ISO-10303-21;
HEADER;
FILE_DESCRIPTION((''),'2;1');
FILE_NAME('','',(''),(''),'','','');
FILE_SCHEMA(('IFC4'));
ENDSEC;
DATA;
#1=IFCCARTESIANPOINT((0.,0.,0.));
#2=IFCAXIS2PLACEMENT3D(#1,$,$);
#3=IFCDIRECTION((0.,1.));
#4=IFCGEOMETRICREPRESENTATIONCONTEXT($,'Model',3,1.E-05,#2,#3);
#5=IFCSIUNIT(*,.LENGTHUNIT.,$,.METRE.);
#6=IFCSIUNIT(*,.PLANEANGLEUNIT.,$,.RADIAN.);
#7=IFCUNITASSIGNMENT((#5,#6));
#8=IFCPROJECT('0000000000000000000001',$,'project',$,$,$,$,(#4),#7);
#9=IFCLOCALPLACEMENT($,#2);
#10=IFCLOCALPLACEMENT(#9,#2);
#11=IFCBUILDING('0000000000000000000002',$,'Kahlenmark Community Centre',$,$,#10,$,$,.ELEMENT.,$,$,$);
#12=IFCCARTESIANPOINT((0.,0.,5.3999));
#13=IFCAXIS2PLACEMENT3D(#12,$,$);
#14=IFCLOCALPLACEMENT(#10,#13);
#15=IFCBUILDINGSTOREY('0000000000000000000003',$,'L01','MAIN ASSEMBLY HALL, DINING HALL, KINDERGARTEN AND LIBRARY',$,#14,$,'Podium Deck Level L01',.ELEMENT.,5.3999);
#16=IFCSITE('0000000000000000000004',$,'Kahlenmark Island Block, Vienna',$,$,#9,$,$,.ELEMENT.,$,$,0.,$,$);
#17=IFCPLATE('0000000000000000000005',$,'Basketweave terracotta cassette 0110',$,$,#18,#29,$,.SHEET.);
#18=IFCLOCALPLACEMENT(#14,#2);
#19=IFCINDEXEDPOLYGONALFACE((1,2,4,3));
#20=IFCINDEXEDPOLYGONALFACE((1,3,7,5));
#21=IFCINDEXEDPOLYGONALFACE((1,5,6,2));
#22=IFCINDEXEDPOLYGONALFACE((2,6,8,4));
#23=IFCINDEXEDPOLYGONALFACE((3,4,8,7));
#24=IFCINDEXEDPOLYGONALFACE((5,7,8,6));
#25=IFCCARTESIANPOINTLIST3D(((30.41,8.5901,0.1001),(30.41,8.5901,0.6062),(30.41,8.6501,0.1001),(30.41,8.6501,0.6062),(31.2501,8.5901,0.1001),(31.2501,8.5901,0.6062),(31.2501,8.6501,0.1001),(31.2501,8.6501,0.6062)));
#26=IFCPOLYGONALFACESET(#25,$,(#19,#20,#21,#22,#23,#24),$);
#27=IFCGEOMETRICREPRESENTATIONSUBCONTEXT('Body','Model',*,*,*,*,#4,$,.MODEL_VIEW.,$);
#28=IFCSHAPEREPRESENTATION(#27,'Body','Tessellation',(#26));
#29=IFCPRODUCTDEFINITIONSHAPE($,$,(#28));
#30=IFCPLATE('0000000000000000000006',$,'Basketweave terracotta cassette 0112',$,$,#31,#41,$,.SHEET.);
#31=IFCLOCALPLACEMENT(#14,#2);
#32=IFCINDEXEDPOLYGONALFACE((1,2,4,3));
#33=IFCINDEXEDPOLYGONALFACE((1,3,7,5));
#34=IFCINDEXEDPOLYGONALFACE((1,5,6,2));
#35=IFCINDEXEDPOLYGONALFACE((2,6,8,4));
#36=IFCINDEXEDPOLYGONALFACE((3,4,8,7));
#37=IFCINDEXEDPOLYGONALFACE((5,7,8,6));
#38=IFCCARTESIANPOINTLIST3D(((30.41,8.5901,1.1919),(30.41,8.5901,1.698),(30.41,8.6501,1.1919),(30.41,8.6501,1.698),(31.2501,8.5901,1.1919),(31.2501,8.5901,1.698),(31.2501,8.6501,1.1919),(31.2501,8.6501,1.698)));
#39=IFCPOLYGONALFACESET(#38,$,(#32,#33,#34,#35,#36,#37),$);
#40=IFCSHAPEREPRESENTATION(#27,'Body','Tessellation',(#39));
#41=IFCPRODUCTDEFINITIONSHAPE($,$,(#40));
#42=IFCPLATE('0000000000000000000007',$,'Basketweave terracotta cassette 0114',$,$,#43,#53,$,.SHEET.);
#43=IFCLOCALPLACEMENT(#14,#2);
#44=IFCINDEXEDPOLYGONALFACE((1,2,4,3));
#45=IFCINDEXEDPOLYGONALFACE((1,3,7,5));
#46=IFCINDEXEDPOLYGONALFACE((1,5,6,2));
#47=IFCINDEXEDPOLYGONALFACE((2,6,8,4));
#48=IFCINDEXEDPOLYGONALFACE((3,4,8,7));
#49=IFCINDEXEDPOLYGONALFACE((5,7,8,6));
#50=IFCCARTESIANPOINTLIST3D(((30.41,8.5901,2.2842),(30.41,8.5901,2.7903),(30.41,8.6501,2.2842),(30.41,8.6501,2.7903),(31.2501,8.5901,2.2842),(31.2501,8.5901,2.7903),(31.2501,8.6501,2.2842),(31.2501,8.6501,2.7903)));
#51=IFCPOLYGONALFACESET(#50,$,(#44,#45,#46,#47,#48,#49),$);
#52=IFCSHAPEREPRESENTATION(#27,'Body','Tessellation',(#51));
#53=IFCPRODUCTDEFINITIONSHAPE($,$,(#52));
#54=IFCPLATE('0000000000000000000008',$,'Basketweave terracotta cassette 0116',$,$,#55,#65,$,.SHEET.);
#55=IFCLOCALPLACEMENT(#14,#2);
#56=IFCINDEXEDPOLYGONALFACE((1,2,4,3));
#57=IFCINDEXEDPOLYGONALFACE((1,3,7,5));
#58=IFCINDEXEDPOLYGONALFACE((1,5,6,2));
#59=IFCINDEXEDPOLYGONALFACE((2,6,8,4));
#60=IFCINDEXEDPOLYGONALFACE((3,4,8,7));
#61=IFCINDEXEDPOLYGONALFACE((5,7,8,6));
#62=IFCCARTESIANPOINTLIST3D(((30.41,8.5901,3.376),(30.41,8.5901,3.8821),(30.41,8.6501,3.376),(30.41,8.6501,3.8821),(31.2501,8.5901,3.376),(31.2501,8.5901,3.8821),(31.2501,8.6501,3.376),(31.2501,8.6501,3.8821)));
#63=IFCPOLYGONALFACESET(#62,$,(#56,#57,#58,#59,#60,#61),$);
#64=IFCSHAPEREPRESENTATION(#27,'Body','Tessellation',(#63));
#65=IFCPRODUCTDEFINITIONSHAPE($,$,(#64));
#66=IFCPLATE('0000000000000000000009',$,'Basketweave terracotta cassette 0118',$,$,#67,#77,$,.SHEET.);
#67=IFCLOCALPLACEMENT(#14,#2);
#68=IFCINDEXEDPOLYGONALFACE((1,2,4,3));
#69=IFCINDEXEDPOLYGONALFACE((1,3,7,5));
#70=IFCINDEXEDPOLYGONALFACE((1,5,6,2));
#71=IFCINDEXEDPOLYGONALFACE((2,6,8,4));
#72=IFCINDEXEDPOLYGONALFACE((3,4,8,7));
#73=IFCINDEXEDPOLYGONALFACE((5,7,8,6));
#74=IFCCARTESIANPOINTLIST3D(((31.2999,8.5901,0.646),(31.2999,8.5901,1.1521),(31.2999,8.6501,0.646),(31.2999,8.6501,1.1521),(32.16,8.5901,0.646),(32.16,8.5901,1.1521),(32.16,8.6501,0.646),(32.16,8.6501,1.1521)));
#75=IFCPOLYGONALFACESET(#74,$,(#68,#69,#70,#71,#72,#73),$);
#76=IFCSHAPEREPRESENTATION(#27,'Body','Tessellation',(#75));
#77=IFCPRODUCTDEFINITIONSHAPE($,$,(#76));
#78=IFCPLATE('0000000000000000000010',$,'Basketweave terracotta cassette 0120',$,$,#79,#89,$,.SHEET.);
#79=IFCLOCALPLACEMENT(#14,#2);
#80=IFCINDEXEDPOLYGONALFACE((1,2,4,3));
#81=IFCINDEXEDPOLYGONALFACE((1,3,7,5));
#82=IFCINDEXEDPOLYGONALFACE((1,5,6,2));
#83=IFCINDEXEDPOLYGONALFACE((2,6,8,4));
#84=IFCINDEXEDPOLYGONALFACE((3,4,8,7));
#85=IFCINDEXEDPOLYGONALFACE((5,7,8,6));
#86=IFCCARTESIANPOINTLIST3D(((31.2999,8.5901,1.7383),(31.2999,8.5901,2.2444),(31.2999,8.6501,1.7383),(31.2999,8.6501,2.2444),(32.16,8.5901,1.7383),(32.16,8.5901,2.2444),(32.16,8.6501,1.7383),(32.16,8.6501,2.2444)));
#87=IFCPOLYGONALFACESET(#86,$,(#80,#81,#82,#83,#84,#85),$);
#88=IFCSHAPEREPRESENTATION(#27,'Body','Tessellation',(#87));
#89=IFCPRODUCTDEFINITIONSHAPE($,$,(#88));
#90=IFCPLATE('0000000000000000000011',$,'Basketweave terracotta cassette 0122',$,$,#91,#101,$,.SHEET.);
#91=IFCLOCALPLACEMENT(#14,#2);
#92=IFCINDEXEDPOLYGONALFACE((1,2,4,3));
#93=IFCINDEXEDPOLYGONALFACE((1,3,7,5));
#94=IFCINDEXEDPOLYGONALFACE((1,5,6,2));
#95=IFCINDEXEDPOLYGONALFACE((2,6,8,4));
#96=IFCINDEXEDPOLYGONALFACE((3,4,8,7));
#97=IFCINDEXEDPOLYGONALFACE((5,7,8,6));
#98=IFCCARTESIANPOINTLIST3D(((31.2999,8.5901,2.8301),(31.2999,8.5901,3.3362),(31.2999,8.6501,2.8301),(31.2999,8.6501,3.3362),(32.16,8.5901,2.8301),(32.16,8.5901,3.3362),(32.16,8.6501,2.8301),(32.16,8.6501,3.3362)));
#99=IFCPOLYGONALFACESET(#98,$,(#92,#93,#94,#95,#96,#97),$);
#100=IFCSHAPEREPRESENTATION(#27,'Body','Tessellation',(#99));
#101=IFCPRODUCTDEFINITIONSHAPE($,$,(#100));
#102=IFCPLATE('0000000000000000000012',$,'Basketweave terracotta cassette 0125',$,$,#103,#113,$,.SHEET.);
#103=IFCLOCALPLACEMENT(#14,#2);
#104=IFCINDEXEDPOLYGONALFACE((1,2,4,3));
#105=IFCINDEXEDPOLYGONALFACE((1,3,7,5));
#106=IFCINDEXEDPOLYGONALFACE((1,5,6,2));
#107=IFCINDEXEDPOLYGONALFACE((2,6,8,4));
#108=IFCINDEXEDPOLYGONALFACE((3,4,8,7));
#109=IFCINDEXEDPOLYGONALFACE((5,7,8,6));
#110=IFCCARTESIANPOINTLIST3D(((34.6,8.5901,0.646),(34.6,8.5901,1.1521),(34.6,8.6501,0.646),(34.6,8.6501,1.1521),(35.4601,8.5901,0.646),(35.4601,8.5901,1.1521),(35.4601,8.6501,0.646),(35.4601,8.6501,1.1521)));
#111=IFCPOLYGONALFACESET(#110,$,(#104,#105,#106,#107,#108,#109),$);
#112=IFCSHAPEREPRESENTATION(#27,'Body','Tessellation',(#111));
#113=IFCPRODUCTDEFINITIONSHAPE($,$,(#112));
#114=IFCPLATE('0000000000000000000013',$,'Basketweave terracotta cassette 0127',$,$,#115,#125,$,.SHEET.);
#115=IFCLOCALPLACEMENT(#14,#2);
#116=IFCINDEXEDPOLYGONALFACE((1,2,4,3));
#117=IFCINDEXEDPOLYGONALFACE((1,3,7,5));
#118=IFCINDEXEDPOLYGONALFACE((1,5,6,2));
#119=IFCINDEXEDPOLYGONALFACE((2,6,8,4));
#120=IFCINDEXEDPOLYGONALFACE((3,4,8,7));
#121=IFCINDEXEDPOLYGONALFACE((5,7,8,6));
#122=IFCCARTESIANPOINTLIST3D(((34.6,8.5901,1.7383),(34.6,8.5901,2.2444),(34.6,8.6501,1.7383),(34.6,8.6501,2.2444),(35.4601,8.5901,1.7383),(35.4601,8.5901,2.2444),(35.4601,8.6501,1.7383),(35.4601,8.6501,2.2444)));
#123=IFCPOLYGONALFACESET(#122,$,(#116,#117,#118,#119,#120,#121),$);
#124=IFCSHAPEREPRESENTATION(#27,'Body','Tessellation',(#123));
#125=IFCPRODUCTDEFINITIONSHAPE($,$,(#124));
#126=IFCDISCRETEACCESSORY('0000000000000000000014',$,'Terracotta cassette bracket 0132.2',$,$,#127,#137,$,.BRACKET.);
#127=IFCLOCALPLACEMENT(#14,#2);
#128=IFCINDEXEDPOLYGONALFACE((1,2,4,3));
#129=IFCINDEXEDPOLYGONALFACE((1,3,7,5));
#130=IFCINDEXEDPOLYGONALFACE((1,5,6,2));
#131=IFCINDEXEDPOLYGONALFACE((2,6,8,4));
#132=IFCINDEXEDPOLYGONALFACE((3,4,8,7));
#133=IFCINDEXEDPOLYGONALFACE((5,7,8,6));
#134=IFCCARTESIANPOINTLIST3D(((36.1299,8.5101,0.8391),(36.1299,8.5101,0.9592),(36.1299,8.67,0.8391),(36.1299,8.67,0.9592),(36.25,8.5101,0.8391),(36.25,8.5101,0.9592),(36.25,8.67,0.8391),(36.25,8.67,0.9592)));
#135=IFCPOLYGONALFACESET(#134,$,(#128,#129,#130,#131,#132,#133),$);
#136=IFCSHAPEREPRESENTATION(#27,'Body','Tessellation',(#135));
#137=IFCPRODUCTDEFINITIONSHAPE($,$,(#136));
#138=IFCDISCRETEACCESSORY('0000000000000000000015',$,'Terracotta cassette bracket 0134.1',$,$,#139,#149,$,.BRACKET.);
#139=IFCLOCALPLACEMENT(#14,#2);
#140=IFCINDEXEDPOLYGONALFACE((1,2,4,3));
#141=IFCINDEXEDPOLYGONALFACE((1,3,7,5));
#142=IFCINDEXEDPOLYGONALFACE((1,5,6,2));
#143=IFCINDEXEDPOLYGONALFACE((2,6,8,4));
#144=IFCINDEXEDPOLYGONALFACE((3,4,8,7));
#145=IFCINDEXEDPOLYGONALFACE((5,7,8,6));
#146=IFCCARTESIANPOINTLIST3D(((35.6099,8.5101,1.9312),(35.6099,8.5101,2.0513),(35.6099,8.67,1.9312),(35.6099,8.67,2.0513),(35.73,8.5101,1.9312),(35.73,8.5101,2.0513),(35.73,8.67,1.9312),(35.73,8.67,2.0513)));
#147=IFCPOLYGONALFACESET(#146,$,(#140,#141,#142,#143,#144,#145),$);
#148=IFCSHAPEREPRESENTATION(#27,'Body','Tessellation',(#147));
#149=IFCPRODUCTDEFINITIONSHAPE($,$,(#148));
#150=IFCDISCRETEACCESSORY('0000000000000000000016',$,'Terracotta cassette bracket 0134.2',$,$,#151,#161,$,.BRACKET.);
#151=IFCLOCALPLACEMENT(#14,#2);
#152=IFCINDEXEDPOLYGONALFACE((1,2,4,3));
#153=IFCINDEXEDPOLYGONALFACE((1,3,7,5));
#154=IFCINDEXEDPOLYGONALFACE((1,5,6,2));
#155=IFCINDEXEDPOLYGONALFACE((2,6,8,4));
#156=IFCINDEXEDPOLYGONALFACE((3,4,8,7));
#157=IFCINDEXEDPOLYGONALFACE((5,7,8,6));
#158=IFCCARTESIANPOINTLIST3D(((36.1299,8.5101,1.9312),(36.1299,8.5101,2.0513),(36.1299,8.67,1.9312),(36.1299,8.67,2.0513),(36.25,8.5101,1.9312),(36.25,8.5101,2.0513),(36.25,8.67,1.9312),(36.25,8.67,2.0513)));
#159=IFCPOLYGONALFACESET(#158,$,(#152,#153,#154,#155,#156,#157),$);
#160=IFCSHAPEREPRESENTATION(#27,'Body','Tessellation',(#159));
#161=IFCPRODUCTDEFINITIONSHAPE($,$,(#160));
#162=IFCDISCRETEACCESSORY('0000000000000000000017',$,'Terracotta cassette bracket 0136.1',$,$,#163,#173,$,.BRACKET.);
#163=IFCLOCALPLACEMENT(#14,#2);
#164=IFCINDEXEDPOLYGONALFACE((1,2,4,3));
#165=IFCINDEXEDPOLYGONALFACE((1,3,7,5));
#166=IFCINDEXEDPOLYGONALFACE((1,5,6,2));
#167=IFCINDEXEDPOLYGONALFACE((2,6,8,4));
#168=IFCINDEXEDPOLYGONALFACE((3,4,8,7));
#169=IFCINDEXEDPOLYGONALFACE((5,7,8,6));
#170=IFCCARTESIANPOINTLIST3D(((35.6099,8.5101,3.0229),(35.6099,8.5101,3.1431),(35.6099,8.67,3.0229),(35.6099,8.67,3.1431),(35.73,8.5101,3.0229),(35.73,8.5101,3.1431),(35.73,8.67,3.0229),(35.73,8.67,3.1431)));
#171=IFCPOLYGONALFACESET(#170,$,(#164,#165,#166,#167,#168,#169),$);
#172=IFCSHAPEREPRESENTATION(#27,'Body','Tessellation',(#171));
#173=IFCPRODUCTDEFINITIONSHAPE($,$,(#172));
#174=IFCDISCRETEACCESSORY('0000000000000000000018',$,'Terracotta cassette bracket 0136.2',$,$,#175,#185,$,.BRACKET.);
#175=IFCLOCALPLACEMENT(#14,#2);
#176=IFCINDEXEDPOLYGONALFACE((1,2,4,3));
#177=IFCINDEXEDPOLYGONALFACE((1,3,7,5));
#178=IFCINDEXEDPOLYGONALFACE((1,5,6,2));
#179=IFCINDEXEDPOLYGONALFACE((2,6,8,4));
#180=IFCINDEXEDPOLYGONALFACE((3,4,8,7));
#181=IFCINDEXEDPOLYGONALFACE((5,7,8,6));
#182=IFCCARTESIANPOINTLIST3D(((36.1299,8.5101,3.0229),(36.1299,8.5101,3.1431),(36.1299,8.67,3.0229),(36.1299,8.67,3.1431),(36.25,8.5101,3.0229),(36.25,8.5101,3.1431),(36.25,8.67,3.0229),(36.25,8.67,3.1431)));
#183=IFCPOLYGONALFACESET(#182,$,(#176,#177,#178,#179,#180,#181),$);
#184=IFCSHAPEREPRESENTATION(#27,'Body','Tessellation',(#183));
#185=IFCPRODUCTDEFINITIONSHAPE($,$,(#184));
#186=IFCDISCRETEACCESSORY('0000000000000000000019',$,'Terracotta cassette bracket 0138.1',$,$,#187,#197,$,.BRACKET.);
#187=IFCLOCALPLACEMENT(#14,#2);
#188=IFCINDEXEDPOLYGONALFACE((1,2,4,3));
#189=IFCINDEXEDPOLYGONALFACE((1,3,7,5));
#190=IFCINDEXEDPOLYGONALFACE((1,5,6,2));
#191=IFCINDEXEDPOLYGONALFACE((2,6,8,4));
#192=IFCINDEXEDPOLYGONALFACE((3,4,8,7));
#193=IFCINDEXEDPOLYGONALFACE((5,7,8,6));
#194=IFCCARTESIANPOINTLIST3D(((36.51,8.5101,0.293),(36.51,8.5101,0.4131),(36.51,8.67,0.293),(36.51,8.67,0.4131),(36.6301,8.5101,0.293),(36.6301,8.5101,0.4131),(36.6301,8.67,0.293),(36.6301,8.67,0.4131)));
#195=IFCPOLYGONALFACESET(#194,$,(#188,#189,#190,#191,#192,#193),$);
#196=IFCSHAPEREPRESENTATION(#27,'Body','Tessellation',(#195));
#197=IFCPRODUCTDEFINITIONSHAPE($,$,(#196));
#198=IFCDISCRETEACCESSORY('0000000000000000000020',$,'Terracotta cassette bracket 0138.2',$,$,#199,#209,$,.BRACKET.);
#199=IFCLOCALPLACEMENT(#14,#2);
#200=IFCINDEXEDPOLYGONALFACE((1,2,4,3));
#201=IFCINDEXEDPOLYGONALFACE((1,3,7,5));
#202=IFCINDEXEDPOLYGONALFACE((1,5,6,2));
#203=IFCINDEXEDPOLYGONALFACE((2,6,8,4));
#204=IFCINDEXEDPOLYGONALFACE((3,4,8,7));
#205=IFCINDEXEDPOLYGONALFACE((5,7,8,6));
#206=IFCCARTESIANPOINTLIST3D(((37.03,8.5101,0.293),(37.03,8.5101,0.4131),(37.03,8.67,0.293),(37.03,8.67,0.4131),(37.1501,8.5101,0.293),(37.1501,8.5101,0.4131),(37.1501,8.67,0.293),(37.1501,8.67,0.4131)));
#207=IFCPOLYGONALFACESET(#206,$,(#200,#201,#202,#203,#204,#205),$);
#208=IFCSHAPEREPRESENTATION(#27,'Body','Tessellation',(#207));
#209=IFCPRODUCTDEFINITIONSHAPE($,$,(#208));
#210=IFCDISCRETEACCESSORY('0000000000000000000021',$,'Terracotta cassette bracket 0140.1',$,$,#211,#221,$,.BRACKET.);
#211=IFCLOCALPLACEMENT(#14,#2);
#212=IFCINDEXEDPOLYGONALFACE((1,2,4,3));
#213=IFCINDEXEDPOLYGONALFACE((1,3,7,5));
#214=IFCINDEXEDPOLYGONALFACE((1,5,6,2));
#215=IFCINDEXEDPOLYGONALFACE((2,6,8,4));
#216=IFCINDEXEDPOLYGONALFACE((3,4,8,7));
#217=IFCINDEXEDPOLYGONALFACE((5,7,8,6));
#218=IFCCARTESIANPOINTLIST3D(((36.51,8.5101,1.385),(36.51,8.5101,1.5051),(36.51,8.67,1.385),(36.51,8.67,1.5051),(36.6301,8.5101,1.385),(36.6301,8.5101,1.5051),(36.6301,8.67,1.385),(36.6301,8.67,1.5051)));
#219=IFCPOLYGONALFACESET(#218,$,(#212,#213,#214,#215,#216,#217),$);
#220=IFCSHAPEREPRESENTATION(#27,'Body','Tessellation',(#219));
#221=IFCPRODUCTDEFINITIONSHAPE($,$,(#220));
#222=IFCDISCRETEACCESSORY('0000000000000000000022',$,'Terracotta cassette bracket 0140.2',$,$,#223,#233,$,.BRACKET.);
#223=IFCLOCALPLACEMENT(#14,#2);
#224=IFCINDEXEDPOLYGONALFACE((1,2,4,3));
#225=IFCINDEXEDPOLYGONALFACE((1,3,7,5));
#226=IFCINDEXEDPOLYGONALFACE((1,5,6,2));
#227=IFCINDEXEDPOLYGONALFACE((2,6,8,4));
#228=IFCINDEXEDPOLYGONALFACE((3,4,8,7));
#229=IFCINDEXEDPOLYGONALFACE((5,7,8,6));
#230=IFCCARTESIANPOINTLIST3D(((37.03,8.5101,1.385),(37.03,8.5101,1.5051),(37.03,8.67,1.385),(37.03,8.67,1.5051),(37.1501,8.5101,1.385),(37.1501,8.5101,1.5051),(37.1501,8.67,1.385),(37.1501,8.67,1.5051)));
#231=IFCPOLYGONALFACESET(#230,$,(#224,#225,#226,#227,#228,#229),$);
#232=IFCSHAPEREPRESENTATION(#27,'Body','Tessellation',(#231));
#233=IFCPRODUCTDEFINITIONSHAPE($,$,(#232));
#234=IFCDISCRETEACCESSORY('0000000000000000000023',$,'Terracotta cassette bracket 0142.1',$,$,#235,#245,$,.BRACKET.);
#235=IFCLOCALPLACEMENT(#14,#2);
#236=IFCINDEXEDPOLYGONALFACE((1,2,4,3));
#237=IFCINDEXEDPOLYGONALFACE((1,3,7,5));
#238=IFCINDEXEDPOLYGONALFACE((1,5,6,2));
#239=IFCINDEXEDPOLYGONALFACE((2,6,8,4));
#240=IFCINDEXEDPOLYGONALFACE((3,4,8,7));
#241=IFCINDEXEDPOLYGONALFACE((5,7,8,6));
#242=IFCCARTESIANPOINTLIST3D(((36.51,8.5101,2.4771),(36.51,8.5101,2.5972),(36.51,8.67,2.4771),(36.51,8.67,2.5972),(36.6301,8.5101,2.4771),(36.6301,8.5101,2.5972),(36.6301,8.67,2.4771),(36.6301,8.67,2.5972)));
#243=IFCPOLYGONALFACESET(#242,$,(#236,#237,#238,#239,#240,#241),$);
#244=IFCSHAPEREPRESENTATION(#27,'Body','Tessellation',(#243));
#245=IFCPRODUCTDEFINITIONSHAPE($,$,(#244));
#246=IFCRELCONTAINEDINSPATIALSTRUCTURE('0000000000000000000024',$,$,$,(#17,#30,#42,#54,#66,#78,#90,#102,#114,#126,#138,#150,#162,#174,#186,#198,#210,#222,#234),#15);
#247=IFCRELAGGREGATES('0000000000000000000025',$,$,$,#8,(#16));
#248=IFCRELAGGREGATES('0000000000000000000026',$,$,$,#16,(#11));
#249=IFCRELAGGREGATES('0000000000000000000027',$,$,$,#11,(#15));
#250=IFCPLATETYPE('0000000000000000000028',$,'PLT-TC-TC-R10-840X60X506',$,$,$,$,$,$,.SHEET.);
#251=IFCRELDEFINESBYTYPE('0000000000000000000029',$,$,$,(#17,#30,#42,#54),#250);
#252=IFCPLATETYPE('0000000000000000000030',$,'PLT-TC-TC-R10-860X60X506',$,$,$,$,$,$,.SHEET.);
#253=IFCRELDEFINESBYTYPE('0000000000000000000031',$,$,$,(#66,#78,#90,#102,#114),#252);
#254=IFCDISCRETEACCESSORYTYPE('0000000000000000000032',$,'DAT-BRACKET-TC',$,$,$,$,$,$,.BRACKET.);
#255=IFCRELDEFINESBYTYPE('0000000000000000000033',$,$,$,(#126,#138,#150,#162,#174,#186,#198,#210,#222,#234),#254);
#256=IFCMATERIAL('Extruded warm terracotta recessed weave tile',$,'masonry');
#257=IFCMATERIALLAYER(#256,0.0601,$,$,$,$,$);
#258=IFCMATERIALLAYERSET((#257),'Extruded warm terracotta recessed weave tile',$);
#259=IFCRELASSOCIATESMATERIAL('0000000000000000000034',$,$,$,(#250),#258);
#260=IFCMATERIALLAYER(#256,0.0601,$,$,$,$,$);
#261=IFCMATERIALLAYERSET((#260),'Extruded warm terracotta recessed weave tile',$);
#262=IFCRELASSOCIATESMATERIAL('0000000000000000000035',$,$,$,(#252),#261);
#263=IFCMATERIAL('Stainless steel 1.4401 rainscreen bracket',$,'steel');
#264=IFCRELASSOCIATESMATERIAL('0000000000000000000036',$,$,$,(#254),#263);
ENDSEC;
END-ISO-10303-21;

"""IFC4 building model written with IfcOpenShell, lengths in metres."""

from ifc_helpers import new_model, si_unit, direction, frame, origin, origin_2d, place, context, subcontext, project, spatial, rectangle, extrude, material, layer, layer_set, type_object, element, save


model = new_model("IFC4")

# Units and contexts
model_context = context("Model", 3, precision=1e-05, world=origin(), true_north=direction((0.0, 1.0)))
body_context = subcontext(model_context, "Body", "Model", "MODEL_VIEW")
ifc_project = project(units=[si_unit("LENGTHUNIT", "METRE"), si_unit("PLANEANGLEUNIT", "RADIAN")], contexts=[model_context])

# Site, building, storey
site_placement = place(None, origin())
site = spatial("IfcSite", under=ifc_project, at=site_placement, Name="Kahlenmark Island Block, Vienna", CompositionType="ELEMENT", RefElevation=0.0)
building_placement = place(site_placement, origin())
building = spatial("IfcBuilding", under=site, at=building_placement, Name="Kahlenmark Community Centre", CompositionType="ELEMENT")
storey_placement = place(building_placement, frame((0.0, 0.0, 5.3999)))
storey = spatial("IfcBuildingStorey", under=building, at=storey_placement, Name="L01", Description="MAIN ASSEMBLY HALL, DINING HALL, KINDERGARTEN AND LIBRARY", LongName="Podium Deck Level L01", CompositionType="ELEMENT", Elevation=5.3999)

# Plates
ifc_material_1 = material(Name="Extruded warm terracotta recessed weave tile", Category="masonry")
ifc_layer_1 = layer(ifc_material_1, 0.0601)
ifc_layer_set_1 = layer_set([ifc_layer_1], Name="Extruded warm terracotta recessed weave tile")
plate_type_1 = type_object("IfcPlateType", Name="PLT-TC-TC-R10-840X60X506", PredefinedType="SHEET", material=ifc_layer_set_1)
for number, where, z_axis, x_axis, name in (
    (1, (30.8301, 8.6201, 0.1001), (0.0, 0.0, 1.0), (1.0, 0.0, 0.0), "Basketweave terracotta cassette 0110"),
    (2, (30.8301, 8.6201, 1.1919), (0.0, 0.0, 1.0), (1.0, 0.0, 0.0), "Basketweave terracotta cassette 0112"),
    (3, (30.8301, 8.6201, 2.2842), (0.0, 0.0, 1.0), (1.0, 0.0, 0.0), "Basketweave terracotta cassette 0114"),
    (4, (30.8301, 8.6201, 3.376), (0.0, 0.0, 1.0), (1.0, 0.0, 0.0), "Basketweave terracotta cassette 0116"),
):
    element("IfcPlate", number, at=place(storey_placement, frame(where, z_axis=z_axis, x_axis=x_axis)), inside=storey, type_object=plate_type_1, Name=name, PredefinedType="SHEET", context=body_context, shape_type="SweptSolid", body=[
        extrude(rectangle(XDim=0.8401, YDim=0.0601, at=origin_2d()), origin(), (0.0, 0.0, 1.0), 0.5061),
    ])
ifc_layer_2 = layer(ifc_material_1, 0.0601)
ifc_layer_set_2 = layer_set([ifc_layer_2], Name="Extruded warm terracotta recessed weave tile")
plate_type_2 = type_object("IfcPlateType", Name="PLT-TC-TC-R10-860X60X506", PredefinedType="SHEET", material=ifc_layer_set_2)
for number, where, z_axis, x_axis, name in (
    (5, (31.73, 8.6201, 0.646), (0.0, 0.0, 1.0), (1.0, 0.0, 0.0), "Basketweave terracotta cassette 0118"),
    (6, (31.73, 8.6201, 1.7383), (0.0, 0.0, 1.0), (1.0, 0.0, 0.0), "Basketweave terracotta cassette 0120"),
    (7, (31.73, 8.6201, 2.8301), (0.0, 0.0, 1.0), (1.0, 0.0, 0.0), "Basketweave terracotta cassette 0122"),
    (8, (35.03, 8.6201, 0.646), (0.0, 0.0, 1.0), (1.0, 0.0, 0.0), "Basketweave terracotta cassette 0125"),
    (9, (35.03, 8.6201, 1.7383), (0.0, 0.0, 1.0), (1.0, 0.0, 0.0), "Basketweave terracotta cassette 0127"),
):
    element("IfcPlate", number, at=place(storey_placement, frame(where, z_axis=z_axis, x_axis=x_axis)), inside=storey, type_object=plate_type_2, Name=name, PredefinedType="SHEET", context=body_context, shape_type="SweptSolid", body=[
        extrude(rectangle(XDim=0.8601, YDim=0.0601, at=origin_2d()), origin(), (0.0, 0.0, 1.0), 0.5061),
    ])

# Discrete accessories
ifc_material_2 = material(Name="Stainless steel 1.4401 rainscreen bracket", Category="steel")
discrete_accessory_type = type_object("IfcDiscreteAccessoryType", Name="DAT-BRACKET-TC", PredefinedType="BRACKET", material=ifc_material_2)
for number, where, z_axis, x_axis, name in (
    (10, (36.1899, 8.5901, 0.8391), (0.0, 0.0, 1.0), (1.0, 0.0, 0.0), "Terracotta cassette bracket 0132.2"),
    (11, (35.6699, 8.5901, 1.9312), (0.0, 0.0, 1.0), (1.0, 0.0, 0.0), "Terracotta cassette bracket 0134.1"),
    (12, (36.1899, 8.5901, 1.9312), (0.0, 0.0, 1.0), (1.0, 0.0, 0.0), "Terracotta cassette bracket 0134.2"),
    (13, (35.6699, 8.5901, 3.0229), (0.0, 0.0, 1.0), (1.0, 0.0, 0.0), "Terracotta cassette bracket 0136.1"),
    (14, (36.1899, 8.5901, 3.0229), (0.0, 0.0, 1.0), (1.0, 0.0, 0.0), "Terracotta cassette bracket 0136.2"),
    (15, (36.5701, 8.5901, 0.293), (0.0, 0.0, 1.0), (1.0, 0.0, 0.0), "Terracotta cassette bracket 0138.1"),
    (16, (37.0901, 8.5901, 0.293), (0.0, 0.0, 1.0), (1.0, 0.0, 0.0), "Terracotta cassette bracket 0138.2"),
    (17, (36.5701, 8.5901, 1.385), (0.0, 0.0, 1.0), (1.0, 0.0, 0.0), "Terracotta cassette bracket 0140.1"),
    (18, (37.0901, 8.5901, 1.385), (0.0, 0.0, 1.0), (1.0, 0.0, 0.0), "Terracotta cassette bracket 0140.2"),
    (19, (36.5701, 8.5901, 2.4771), (0.0, 0.0, 1.0), (1.0, 0.0, 0.0), "Terracotta cassette bracket 0142.1"),
):
    element("IfcDiscreteAccessory", number, at=place(storey_placement, frame(where, z_axis=z_axis, x_axis=x_axis)), inside=storey, type_object=discrete_accessory_type, Name=name, PredefinedType="BRACKET", context=body_context, shape_type="SweptSolid", body=[
        extrude(rectangle(XDim=0.1201, YDim=0.1599, at=origin_2d()), origin(), (0.0, 0.0, 1.0), 0.1201),
    ])

save(model, "model.ifc")
